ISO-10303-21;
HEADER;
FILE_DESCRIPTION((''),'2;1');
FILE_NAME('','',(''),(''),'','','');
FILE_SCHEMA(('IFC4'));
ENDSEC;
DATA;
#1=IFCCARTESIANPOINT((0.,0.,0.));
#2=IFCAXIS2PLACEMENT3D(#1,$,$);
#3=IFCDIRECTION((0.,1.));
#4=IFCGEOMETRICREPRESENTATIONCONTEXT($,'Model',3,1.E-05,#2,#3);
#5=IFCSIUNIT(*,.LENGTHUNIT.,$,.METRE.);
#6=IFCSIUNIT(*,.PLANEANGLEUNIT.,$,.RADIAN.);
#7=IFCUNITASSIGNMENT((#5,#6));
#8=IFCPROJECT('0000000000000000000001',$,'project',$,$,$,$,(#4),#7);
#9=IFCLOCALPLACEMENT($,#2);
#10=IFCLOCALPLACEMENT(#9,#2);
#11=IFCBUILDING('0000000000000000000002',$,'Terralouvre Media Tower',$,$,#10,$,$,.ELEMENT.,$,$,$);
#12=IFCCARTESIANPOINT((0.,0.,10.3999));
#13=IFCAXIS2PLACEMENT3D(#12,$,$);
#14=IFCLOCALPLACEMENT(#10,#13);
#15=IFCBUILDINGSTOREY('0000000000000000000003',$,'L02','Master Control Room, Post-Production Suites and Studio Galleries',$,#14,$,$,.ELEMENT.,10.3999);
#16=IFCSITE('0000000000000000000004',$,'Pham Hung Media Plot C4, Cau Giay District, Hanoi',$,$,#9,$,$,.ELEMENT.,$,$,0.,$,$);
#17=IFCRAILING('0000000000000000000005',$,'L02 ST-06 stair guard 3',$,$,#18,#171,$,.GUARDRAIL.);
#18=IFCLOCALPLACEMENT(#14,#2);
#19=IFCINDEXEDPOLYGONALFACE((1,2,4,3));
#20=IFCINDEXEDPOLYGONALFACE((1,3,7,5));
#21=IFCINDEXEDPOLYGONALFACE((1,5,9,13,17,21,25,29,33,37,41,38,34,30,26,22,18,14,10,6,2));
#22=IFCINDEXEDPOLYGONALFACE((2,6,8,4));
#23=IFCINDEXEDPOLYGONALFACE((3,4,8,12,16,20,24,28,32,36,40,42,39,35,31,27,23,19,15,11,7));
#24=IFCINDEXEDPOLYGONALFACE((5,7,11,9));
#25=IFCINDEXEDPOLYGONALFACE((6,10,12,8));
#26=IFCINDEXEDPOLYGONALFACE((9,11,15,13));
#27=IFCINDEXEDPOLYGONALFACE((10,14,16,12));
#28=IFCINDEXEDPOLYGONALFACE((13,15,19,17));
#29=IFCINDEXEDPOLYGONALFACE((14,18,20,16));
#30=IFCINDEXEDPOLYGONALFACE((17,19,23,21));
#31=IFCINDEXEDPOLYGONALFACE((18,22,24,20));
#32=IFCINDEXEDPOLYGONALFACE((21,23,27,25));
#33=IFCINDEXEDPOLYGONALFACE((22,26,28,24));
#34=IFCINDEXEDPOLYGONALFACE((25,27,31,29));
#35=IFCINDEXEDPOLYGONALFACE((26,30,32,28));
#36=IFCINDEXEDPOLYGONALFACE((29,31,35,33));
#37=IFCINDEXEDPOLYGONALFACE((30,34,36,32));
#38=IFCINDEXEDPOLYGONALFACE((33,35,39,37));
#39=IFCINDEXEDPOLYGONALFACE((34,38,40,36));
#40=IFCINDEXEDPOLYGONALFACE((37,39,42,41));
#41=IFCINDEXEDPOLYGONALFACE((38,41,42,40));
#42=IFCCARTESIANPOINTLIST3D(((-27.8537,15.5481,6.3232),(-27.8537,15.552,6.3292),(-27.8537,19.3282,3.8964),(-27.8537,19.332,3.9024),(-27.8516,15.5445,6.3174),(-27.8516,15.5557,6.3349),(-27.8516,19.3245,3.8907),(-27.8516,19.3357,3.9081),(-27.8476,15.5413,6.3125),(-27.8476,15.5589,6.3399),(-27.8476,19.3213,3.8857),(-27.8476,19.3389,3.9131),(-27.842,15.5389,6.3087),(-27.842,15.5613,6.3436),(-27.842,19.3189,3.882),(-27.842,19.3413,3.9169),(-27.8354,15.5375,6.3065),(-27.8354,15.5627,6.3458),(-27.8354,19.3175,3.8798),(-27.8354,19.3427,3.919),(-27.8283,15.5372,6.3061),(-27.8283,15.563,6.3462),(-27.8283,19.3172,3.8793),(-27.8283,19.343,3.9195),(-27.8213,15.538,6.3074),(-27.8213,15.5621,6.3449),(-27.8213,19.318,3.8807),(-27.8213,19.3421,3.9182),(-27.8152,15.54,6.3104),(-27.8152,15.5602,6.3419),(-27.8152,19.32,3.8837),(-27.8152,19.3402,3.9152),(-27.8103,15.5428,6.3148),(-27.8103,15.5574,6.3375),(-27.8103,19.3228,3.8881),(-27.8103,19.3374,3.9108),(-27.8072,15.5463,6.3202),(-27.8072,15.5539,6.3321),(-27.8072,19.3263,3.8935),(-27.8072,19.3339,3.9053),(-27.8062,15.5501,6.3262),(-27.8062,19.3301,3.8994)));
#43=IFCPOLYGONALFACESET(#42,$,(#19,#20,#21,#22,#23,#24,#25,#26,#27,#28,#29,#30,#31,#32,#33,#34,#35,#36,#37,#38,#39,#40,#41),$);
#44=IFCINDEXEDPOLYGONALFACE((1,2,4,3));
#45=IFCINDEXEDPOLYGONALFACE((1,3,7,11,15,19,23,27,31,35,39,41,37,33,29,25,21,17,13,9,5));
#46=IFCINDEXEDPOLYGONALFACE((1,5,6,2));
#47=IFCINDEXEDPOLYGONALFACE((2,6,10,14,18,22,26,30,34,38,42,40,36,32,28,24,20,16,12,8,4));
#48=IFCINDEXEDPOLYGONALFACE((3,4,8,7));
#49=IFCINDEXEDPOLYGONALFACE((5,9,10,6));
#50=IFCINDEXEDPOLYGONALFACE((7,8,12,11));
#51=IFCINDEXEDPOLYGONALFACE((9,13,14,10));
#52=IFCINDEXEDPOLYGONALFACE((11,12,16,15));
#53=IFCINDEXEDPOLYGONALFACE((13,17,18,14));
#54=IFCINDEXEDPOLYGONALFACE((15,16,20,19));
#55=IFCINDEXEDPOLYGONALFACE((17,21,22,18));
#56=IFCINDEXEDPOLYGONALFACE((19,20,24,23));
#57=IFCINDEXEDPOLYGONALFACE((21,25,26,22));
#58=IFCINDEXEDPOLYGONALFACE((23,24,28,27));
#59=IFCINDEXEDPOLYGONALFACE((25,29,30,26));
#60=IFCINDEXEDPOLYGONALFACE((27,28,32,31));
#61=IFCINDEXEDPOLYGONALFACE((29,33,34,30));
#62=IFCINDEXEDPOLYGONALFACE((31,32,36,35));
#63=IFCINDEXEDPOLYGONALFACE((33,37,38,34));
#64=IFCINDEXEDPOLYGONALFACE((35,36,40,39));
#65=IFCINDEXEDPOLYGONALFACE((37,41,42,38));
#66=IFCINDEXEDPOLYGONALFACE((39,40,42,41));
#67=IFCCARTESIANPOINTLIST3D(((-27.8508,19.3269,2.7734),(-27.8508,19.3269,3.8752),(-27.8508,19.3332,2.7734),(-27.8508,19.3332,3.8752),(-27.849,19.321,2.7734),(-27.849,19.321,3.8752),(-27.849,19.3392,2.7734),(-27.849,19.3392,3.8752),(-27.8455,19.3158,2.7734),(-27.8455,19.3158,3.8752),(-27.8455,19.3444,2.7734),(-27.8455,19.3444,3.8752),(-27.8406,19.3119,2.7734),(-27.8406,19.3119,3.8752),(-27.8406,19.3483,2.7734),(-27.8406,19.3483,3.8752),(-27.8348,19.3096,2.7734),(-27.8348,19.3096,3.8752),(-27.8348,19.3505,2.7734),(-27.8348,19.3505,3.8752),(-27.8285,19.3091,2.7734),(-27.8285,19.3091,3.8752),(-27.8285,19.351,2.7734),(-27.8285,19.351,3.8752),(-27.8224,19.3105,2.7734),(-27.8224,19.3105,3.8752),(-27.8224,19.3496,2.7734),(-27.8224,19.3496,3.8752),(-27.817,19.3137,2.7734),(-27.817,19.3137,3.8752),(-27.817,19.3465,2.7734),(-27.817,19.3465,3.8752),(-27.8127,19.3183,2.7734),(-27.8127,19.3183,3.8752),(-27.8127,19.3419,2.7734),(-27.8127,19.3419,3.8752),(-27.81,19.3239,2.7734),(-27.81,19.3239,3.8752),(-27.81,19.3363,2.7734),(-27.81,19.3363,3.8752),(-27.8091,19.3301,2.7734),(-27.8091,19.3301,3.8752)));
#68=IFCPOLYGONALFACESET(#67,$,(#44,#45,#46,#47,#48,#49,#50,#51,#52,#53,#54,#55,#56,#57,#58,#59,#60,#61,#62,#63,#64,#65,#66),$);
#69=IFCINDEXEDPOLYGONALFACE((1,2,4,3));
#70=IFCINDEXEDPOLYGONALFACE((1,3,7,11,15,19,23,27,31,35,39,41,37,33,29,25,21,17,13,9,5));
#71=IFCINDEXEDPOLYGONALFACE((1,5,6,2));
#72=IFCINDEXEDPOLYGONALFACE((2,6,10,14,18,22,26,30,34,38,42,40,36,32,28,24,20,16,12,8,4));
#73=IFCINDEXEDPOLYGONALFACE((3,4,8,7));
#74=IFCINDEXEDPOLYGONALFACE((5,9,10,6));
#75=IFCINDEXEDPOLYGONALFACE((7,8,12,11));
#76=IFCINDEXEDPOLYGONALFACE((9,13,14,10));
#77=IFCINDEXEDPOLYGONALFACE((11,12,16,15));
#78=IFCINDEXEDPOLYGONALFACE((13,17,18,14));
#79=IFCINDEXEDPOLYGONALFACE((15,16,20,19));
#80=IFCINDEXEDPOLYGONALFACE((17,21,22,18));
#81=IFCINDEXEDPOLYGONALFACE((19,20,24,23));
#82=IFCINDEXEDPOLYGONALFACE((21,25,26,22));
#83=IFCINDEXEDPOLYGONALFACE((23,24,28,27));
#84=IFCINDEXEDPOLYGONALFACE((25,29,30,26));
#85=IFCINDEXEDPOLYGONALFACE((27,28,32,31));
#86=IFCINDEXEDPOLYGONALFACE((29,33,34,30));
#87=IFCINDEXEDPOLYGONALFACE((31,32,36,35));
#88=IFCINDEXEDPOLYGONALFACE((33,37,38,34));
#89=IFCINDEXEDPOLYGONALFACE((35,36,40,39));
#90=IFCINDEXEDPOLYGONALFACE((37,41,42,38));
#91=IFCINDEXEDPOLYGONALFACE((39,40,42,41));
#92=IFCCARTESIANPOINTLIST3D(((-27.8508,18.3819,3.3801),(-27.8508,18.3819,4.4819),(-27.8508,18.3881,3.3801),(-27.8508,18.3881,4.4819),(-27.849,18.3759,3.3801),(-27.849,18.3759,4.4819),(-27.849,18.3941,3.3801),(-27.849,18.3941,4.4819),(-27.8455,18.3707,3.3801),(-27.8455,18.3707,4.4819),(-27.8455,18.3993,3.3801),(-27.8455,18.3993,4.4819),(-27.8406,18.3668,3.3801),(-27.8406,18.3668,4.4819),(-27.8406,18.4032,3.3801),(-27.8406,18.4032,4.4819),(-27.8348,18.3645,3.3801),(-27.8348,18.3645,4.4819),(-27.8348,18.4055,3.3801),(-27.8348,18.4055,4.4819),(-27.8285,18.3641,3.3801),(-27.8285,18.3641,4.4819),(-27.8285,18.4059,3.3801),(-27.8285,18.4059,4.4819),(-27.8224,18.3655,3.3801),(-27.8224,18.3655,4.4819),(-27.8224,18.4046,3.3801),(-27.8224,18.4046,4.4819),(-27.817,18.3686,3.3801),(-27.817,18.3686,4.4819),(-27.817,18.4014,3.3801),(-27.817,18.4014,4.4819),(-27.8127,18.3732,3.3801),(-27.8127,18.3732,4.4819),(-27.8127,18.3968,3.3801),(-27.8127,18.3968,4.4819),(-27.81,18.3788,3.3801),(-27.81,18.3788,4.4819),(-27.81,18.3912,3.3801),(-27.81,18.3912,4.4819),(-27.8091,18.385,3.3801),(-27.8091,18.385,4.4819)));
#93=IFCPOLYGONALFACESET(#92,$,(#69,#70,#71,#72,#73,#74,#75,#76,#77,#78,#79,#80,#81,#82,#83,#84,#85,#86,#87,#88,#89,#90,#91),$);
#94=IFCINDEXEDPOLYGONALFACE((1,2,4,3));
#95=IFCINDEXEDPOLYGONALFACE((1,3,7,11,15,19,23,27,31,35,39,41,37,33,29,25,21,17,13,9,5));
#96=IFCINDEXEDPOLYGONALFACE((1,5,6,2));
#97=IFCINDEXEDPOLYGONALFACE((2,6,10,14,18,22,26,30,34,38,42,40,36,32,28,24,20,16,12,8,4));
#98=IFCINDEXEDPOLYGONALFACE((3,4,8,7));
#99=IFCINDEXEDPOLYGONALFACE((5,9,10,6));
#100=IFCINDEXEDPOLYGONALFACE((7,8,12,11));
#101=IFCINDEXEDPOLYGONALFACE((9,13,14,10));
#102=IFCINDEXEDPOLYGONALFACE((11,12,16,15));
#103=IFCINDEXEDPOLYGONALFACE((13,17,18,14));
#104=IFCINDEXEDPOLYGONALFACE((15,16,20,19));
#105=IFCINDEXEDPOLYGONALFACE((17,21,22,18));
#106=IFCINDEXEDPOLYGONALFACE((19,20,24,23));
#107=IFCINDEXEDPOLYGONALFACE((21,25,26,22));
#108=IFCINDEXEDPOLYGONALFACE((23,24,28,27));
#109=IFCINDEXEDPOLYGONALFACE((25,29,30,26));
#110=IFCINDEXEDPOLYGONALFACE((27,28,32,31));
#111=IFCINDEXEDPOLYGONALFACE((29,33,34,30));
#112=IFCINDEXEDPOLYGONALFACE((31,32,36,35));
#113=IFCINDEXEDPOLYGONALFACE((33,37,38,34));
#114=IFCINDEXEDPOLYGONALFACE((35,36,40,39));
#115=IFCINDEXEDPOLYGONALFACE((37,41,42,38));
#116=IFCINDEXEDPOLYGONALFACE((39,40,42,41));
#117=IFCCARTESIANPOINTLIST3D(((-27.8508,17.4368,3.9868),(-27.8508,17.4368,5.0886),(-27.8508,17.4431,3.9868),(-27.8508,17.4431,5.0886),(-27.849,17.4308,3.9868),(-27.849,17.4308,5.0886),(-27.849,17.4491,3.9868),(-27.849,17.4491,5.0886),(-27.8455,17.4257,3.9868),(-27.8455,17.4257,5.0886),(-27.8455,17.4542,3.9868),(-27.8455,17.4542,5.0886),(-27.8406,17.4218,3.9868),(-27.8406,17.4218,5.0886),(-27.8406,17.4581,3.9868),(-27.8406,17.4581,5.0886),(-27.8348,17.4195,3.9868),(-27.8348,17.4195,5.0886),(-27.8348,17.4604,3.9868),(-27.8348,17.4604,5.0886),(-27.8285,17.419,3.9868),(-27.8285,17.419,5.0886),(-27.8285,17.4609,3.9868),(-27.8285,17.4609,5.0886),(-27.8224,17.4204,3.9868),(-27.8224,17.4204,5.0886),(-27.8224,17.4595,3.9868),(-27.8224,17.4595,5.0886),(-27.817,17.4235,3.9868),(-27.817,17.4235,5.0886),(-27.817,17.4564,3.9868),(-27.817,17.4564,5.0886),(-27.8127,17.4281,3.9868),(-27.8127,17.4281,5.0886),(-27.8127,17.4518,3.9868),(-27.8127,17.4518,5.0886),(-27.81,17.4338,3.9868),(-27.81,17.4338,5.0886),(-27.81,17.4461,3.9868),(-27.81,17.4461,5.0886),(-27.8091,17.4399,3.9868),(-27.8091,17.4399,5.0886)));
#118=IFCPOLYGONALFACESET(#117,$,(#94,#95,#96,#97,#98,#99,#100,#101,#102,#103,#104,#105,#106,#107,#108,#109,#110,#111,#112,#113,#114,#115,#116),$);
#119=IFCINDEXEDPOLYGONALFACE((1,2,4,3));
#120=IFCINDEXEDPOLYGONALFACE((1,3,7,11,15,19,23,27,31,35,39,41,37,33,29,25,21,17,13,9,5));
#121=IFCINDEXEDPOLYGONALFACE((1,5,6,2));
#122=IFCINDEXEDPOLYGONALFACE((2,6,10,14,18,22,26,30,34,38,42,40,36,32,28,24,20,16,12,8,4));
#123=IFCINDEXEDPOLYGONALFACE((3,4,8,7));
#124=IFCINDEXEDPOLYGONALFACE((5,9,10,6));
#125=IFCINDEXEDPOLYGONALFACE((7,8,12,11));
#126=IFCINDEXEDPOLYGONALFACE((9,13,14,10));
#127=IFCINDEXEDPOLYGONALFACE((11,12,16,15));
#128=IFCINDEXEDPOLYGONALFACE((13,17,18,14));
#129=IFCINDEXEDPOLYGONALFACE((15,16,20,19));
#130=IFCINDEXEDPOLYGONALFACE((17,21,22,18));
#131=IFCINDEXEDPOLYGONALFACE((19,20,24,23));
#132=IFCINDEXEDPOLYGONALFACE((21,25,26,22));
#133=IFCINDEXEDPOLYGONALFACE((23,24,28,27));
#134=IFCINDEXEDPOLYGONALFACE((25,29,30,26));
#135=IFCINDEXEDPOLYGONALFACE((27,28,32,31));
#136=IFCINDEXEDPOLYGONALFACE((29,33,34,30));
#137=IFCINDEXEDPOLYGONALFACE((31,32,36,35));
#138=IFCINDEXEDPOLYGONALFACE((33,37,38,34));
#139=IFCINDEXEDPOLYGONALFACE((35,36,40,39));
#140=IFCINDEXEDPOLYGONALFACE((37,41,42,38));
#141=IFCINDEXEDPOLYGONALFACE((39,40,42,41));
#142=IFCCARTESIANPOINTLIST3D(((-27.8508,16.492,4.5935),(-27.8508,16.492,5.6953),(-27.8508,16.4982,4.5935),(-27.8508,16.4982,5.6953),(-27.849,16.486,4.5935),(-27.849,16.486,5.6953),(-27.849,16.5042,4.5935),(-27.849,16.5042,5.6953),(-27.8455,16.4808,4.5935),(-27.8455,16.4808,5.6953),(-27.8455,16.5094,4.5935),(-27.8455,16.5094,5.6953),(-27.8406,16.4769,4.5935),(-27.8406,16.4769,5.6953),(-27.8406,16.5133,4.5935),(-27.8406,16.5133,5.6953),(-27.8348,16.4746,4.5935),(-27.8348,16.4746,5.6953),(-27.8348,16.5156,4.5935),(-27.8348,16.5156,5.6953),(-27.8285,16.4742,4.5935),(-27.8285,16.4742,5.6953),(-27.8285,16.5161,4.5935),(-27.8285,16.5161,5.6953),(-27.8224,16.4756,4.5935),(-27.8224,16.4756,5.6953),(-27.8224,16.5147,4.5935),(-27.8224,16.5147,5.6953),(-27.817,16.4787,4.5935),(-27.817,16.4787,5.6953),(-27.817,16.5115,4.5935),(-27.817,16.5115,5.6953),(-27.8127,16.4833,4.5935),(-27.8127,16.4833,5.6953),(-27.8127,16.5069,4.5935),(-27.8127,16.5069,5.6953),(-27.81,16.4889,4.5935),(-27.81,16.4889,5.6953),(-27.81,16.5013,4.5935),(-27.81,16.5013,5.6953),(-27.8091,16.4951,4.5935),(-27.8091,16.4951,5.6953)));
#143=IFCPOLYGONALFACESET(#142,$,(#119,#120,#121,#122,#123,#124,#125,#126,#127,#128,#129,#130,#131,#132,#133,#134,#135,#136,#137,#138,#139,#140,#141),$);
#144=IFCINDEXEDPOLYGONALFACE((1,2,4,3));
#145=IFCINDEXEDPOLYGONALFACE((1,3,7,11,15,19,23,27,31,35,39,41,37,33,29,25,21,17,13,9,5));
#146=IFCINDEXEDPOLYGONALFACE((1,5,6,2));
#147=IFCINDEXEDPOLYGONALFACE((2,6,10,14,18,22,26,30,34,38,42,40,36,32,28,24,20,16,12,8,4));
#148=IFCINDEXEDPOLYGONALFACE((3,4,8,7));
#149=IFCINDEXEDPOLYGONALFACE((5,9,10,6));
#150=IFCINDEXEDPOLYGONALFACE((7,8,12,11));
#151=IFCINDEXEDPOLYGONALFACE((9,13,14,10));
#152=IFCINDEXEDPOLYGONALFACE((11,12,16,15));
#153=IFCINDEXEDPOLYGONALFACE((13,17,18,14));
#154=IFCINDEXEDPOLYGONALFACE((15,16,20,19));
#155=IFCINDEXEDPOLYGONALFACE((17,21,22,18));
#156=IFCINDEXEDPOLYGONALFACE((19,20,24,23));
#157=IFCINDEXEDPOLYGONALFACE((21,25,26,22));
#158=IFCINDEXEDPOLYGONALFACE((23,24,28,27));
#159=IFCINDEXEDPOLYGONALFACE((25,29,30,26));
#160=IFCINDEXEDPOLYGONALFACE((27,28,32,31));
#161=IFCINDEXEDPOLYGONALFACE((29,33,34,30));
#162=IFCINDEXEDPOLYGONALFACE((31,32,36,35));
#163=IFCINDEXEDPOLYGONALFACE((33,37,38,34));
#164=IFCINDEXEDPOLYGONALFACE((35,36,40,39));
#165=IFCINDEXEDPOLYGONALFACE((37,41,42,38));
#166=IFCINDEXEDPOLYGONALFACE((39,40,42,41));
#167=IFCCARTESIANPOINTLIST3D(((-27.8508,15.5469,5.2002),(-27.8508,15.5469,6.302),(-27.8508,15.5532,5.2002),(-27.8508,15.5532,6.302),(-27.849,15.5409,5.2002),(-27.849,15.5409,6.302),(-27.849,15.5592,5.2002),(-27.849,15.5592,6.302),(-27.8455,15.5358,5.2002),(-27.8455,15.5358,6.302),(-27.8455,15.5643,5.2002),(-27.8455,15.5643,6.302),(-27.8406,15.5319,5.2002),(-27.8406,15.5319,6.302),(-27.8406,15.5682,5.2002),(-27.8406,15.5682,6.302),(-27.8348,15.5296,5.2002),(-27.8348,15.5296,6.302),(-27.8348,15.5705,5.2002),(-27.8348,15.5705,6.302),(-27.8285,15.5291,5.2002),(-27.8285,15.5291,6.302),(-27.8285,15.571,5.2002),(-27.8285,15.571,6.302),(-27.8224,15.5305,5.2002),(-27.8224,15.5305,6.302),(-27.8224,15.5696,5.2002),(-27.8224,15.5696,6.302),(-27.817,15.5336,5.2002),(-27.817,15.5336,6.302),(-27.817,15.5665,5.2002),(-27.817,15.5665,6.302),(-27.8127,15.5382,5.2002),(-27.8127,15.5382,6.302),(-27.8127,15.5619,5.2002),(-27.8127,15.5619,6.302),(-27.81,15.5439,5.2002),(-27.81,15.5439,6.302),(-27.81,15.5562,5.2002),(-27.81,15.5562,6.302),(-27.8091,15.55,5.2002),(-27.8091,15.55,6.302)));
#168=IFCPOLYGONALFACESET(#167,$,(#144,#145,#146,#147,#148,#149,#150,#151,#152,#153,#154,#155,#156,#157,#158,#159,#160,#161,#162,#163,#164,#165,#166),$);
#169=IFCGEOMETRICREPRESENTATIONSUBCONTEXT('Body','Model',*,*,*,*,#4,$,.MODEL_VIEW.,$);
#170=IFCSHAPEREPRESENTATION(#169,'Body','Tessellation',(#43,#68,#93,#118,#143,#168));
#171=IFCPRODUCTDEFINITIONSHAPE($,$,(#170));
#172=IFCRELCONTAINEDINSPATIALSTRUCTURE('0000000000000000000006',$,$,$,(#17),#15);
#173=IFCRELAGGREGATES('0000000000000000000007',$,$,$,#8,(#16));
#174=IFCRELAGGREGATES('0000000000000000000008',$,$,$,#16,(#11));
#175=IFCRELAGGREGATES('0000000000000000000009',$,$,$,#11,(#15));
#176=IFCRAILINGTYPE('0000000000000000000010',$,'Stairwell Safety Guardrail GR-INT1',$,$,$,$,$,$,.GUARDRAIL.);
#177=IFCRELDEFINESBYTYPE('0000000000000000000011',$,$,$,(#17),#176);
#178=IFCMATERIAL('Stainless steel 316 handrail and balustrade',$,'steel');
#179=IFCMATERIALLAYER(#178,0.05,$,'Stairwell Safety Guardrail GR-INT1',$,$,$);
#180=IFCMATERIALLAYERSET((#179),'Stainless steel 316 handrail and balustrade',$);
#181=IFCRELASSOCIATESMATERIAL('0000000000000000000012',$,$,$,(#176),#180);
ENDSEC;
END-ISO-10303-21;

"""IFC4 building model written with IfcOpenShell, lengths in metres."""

from ifc_helpers import new_model, si_unit, direction, frame, origin, origin_2d, place, context, subcontext, project, spatial, circle, extrude, material, layer, layer_set, type_object, element, save


model = new_model("IFC4")

# Units and contexts
model_context = context("Model", 3, precision=1e-05, world=origin(), true_north=direction((0.0, 1.0)))
body_context = subcontext(model_context, "Body", "Model", "MODEL_VIEW")
ifc_project = project(units=[si_unit("LENGTHUNIT", "METRE"), si_unit("PLANEANGLEUNIT", "RADIAN")], contexts=[model_context])

# Site, building, storey
site_placement = place(None, origin())
site = spatial("IfcSite", under=ifc_project, at=site_placement, Name="Pham Hung Media Plot C4, Cau Giay District, Hanoi", CompositionType="ELEMENT", RefElevation=0.0)
building_placement = place(site_placement, origin())
building = spatial("IfcBuilding", under=site, at=building_placement, Name="Terralouvre Media Tower", CompositionType="ELEMENT")
storey_placement = place(building_placement, frame((0.0, 0.0, 10.3999)))
storey = spatial("IfcBuildingStorey", under=building, at=storey_placement, Name="L02", Description="Master Control Room, Post-Production Suites and Studio Galleries", CompositionType="ELEMENT", Elevation=10.3999)

# Railing
ifc_material_1 = material(Name="Stainless steel 316 handrail and balustrade", Category="steel")
ifc_layer_1 = layer(ifc_material_1, 0.05, Name="Stairwell Safety Guardrail GR-INT1")
ifc_layer_set_1 = layer_set([ifc_layer_1], Name="Stainless steel 316 handrail and balustrade")
railing_type_1 = type_object("IfcRailingType", Name="Stairwell Safety Guardrail GR-INT1", PredefinedType="GUARDRAIL", material=ifc_layer_set_1)
railing_1_placement = place(storey_placement, frame((-27.8301, 19.3301, 2.7734)))
element("IfcRailing", 1, at=railing_1_placement, inside=storey, type_object=railing_type_1, Name="L02 ST-06 stair guard 3", PredefinedType="GUARDRAIL", context=body_context, shape_type="SweptSolid", body=[
    extrude(circle(Radius=0.0239, at=origin_2d()), frame((0.0, 0.0, 1.126), z_axis=(0.0, -0.841509, 0.540244), x_axis=(1.0, 0.0, 0.0)), (0.0, 0.0, 1.0), 4.4919),
    extrude(circle(Radius=0.021, at=origin_2d()), origin(), (0.0, 0.0, 1.0), 1.1018),
    extrude(circle(Radius=0.021, at=origin_2d()), frame((0.0, -0.9451, 0.6067)), (0.0, 0.0, 1.0), 1.1018),
    extrude(circle(Radius=0.021, at=origin_2d()), frame((0.0, -1.8901, 1.2134)), (0.0, 0.0, 1.0), 1.1018),
    extrude(circle(Radius=0.021, at=origin_2d()), frame((0.0, -2.835, 1.8201)), (0.0, 0.0, 1.0), 1.1018),
    extrude(circle(Radius=0.021, at=origin_2d()), frame((0.0, -3.78, 2.4268)), (0.0, 0.0, 1.0), 1.1018),
])

save(model, "model.ifc")
